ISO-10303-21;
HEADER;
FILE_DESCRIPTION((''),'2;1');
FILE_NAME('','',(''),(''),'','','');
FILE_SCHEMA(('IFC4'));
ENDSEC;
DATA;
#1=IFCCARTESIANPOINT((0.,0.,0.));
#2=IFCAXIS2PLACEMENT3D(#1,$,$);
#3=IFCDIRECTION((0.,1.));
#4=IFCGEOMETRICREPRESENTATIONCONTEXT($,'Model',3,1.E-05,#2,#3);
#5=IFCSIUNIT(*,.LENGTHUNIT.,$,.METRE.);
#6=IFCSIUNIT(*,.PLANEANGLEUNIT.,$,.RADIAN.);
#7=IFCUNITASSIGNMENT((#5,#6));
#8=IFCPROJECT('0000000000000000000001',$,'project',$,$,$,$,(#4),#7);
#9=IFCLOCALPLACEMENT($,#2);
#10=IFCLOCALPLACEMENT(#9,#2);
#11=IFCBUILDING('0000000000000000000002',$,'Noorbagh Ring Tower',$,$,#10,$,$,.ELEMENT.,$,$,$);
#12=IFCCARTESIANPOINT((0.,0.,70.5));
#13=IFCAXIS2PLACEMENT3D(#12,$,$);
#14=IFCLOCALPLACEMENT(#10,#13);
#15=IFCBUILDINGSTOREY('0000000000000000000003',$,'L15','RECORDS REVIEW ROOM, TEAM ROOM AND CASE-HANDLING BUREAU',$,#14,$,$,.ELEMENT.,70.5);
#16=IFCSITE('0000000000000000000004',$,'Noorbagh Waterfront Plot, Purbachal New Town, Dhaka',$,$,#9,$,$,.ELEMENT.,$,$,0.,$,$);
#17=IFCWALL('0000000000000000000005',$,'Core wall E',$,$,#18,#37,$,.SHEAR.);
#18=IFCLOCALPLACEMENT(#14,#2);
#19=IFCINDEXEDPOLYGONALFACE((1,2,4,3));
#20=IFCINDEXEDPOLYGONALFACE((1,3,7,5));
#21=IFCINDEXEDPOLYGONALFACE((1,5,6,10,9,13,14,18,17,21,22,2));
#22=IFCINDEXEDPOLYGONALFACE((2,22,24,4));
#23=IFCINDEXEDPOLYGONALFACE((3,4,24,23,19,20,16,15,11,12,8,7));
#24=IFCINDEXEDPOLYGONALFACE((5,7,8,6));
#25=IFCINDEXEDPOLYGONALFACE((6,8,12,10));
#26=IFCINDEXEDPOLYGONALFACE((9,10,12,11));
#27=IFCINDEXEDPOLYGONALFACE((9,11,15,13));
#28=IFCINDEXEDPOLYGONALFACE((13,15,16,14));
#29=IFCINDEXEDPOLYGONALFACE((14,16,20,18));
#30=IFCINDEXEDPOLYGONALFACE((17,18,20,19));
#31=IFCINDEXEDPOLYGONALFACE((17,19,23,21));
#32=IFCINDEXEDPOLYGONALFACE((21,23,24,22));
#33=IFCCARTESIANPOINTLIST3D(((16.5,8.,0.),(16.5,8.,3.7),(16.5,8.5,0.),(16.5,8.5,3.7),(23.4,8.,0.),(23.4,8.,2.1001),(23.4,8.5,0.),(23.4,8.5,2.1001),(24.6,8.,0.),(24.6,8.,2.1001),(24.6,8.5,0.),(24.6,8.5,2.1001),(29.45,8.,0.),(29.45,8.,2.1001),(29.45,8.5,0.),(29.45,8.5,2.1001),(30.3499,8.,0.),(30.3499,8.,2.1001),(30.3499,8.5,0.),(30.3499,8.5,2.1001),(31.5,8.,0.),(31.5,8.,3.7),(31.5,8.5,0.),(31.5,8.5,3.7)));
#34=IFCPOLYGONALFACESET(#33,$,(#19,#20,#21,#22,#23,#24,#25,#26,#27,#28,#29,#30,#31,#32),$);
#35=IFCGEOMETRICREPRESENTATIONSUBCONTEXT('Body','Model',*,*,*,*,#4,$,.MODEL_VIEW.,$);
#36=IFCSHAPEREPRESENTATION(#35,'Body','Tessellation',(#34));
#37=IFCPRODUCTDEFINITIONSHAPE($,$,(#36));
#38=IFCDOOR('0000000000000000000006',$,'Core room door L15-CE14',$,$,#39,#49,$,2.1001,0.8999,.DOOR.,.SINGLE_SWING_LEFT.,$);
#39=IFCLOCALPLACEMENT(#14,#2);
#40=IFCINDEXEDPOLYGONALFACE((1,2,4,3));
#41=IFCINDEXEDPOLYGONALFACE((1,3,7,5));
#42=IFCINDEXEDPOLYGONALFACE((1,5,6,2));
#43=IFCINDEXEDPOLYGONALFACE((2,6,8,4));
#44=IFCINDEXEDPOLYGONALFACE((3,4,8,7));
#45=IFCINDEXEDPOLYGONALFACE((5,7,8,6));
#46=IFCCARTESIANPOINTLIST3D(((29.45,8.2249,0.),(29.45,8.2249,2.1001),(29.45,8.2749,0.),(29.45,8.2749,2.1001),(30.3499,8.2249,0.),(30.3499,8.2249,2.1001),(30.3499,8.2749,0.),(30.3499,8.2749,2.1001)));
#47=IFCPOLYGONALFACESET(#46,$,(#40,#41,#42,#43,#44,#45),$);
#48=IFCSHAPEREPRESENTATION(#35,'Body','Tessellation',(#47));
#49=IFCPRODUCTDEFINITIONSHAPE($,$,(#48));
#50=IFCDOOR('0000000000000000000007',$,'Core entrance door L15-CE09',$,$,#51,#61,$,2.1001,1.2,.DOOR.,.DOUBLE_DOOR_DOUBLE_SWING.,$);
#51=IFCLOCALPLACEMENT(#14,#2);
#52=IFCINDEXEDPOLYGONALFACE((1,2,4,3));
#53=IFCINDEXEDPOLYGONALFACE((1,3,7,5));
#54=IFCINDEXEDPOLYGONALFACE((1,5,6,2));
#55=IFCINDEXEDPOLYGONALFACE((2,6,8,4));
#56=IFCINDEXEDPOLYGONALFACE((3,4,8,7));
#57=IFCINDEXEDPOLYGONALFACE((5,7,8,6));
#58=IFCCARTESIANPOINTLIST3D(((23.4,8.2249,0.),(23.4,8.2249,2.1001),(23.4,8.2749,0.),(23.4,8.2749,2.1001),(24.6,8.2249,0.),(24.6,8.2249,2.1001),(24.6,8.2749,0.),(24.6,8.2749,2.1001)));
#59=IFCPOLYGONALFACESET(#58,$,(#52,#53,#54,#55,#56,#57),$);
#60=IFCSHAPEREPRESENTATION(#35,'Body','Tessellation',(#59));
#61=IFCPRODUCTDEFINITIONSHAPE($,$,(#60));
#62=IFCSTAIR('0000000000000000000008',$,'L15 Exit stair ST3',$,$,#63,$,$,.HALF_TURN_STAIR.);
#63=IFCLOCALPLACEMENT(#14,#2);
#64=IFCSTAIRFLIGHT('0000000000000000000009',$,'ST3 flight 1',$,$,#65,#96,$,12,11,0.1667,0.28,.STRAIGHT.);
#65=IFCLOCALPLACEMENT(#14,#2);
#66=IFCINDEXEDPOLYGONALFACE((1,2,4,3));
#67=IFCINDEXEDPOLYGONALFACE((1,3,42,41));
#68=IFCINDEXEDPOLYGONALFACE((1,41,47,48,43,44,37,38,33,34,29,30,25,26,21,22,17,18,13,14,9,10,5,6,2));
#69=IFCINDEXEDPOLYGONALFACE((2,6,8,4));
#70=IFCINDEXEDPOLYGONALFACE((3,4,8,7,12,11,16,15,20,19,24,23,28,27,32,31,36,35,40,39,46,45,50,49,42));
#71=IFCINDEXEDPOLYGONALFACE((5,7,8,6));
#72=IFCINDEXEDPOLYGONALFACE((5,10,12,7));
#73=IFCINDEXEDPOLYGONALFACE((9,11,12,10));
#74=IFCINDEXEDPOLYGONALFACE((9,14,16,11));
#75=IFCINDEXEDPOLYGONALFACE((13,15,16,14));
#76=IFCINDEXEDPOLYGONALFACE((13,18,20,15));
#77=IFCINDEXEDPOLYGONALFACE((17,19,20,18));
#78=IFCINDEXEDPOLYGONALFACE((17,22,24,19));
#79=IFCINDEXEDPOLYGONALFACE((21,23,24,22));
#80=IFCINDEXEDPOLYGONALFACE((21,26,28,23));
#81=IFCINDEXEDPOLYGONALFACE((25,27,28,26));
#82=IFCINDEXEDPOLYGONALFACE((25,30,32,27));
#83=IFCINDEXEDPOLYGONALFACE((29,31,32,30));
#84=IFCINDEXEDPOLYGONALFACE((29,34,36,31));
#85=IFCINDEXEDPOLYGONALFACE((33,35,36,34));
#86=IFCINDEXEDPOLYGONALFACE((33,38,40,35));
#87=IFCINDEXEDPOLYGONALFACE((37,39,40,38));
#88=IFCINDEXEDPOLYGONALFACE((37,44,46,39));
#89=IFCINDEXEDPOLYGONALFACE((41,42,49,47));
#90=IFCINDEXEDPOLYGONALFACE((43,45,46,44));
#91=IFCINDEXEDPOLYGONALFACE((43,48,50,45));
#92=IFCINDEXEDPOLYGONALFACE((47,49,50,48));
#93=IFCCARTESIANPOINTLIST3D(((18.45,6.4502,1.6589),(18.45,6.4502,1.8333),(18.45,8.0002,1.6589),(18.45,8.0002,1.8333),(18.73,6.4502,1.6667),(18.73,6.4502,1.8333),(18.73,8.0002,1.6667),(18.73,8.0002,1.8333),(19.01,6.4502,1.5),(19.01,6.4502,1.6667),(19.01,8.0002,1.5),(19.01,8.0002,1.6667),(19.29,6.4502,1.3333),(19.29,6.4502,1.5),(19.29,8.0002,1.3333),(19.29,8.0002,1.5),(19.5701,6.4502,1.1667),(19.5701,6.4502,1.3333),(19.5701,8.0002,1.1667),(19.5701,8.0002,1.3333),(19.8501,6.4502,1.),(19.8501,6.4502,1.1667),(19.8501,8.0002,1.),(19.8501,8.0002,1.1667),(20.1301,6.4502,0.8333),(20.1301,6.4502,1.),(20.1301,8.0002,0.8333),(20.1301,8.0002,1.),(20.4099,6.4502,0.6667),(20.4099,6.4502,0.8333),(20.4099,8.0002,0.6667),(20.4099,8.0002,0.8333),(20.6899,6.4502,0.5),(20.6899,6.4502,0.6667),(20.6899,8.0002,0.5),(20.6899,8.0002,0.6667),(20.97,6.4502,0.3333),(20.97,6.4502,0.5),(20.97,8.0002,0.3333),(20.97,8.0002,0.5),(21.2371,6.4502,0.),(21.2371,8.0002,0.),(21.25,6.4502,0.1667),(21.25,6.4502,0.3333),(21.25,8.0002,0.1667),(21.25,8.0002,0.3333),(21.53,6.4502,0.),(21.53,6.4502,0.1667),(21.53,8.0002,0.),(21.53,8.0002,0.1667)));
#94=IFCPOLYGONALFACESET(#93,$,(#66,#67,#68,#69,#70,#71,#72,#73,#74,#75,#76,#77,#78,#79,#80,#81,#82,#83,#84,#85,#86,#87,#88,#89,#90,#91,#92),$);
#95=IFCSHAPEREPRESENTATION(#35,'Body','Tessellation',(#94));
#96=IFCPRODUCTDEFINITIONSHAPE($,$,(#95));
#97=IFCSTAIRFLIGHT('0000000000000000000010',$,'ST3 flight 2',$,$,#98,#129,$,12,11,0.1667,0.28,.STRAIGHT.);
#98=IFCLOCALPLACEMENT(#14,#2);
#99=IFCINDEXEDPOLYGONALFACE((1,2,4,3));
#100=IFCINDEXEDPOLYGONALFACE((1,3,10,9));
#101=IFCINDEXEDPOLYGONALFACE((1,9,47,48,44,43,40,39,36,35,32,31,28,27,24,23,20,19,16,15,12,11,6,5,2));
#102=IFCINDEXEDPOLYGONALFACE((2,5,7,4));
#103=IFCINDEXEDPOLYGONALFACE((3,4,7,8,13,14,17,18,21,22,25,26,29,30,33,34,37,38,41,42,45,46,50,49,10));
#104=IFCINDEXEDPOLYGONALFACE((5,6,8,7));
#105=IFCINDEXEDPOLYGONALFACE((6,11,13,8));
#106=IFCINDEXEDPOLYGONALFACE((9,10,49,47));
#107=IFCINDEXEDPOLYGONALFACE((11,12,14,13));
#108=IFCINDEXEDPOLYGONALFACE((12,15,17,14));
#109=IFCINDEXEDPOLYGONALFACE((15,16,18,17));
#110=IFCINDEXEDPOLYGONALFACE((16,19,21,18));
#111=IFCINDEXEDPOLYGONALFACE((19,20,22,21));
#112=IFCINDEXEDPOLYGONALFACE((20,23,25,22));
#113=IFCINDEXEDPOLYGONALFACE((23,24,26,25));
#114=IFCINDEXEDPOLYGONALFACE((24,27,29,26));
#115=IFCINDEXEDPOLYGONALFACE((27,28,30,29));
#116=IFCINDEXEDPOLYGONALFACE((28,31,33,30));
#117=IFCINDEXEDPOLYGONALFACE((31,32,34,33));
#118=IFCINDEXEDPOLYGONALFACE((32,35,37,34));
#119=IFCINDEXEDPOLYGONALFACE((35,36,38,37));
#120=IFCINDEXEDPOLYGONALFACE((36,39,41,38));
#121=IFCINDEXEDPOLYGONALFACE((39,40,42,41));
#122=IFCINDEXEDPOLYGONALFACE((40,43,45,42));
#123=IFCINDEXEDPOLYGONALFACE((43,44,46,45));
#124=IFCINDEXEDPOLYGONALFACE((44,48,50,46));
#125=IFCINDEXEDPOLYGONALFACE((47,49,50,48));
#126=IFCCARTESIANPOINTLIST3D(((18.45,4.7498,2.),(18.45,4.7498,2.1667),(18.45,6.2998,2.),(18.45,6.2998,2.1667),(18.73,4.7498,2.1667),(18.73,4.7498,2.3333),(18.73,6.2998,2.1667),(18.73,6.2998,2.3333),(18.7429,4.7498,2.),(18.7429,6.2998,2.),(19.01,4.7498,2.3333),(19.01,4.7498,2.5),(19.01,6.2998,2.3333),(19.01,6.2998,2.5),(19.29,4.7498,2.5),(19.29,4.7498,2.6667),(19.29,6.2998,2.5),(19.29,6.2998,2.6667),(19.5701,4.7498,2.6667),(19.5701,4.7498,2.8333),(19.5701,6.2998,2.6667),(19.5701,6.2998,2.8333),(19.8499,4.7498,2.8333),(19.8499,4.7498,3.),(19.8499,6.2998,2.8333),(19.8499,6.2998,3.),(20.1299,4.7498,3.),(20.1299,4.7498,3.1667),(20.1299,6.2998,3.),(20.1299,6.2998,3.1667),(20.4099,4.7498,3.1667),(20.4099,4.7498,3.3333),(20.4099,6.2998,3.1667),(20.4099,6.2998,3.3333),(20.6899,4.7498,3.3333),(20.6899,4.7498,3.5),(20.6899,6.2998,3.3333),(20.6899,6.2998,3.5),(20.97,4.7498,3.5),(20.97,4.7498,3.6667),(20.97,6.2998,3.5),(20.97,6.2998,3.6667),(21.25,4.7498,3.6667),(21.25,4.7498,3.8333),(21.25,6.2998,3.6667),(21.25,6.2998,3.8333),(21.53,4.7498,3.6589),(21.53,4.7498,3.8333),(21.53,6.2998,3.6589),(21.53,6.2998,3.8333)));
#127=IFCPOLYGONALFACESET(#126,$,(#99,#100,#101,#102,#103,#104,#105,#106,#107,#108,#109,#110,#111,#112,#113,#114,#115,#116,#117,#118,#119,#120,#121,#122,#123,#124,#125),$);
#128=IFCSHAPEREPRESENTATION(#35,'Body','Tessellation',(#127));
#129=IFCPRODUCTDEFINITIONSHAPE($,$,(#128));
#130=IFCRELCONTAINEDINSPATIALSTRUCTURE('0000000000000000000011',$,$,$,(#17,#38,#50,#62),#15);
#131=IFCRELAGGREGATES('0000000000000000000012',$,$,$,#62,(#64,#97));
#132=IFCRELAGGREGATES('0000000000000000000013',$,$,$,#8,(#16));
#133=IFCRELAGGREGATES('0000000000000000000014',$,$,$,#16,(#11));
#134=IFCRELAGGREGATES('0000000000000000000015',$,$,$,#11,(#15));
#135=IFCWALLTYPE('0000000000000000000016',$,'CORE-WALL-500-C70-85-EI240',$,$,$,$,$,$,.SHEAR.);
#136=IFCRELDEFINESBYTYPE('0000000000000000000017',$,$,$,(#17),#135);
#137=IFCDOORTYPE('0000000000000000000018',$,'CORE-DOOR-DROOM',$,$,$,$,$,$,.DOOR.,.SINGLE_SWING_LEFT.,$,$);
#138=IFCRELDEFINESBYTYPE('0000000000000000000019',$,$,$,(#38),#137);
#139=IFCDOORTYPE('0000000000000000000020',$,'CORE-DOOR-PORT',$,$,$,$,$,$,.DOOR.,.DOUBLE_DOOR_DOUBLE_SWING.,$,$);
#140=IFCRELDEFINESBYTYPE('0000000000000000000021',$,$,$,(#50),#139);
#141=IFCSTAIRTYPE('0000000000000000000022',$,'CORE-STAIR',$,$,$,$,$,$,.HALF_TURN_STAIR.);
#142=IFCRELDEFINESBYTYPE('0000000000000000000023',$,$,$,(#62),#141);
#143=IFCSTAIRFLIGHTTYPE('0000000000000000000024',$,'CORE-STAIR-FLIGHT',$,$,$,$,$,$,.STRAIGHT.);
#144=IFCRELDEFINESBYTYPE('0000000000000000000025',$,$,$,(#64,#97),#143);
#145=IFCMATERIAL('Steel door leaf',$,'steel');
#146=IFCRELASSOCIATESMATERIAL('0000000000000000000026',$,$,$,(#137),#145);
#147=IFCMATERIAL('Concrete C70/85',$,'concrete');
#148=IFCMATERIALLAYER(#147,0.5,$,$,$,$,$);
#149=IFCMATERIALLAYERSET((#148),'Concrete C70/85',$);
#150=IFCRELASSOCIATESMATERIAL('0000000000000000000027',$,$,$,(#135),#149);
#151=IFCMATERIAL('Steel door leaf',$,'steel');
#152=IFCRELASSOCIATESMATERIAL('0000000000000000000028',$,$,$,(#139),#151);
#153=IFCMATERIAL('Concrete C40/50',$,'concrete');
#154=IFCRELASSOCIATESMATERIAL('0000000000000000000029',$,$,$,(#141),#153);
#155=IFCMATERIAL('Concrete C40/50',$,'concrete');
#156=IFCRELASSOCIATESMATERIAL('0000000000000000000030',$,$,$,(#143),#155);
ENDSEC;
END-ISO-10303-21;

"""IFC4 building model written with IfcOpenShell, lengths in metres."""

from ifc_helpers import new_model, si_unit, direction, frame, frame_2d, origin, place, context, subcontext, project, spatial, polyline, rectangle, outline, extrude, material, layer, layer_set, type_object, element, fill, aggregate, save


model = new_model("IFC4")

# Units and contexts
model_context = context("Model", 3, precision=1e-05, world=origin(), true_north=direction((0.0, 1.0)))
body_context = subcontext(model_context, "Body", "Model", "MODEL_VIEW")
ifc_project = project(units=[si_unit("LENGTHUNIT", "METRE"), si_unit("PLANEANGLEUNIT", "RADIAN")], contexts=[model_context])

# Site, building, storey
site_placement = place(None, origin())
site = spatial("IfcSite", under=ifc_project, at=site_placement, Name="Noorbagh Waterfront Plot, Purbachal New Town, Dhaka", CompositionType="ELEMENT", RefElevation=0.0)
building_placement = place(site_placement, origin())
building = spatial("IfcBuilding", under=site, at=building_placement, Name="Noorbagh Ring Tower", CompositionType="ELEMENT")
storey_placement = place(building_placement, frame((0.0, 0.0, 70.5)))
storey = spatial("IfcBuildingStorey", under=building, at=storey_placement, Name="L15", Description="RECORDS REVIEW ROOM, TEAM ROOM AND CASE-HANDLING BUREAU", CompositionType="ELEMENT", Elevation=70.5)

# Shared definitions
ifc_material_1 = material(Name="Steel door leaf", Category="steel")
door_type_1 = type_object("IfcDoorType", Name="CORE-DOOR-DROOM", OperationType="SINGLE_SWING_LEFT", PredefinedType="DOOR", material=ifc_material_1)

# Wall, openings, doors
ifc_material_2 = material(Name="Concrete C70/85", Category="concrete")
ifc_layer_1 = layer(ifc_material_2, 0.5)
ifc_layer_set_1 = layer_set([ifc_layer_1], Name="Concrete C70/85")
wall_type_1 = type_object("IfcWallType", Name="CORE-WALL-500-C70-85-EI240", PredefinedType="SHEAR", material=ifc_layer_set_1)
wall_1_placement = place(storey_placement, frame((16.5, 8.25, 0.0), z_axis=(0.0, 0.0, 1.0), x_axis=(1.0, 0.0, 0.0)))
wall_1 = element("IfcWall", 1, at=wall_1_placement, inside=storey, type_object=wall_type_1, Name="Core wall E", PredefinedType="SHEAR", context=body_context, shape_type="SweptSolid", body=[
    extrude(rectangle(XDim=15.0, YDim=0.5, at=frame_2d((7.5, 0.0))), origin(), (0.0, 0.0, 1.0), 3.7),
])
opening_1_placement = place(wall_1_placement, frame((6.8999, 0.0, 0.0)))
opening_1 = element("IfcOpeningElement", 2, at=opening_1_placement, cuts=wall_1, PredefinedType="OPENING", context=body_context, shape_type="SweptSolid", body=[
    extrude(rectangle(XDim=1.2, YDim=2.1001, at=frame_2d((0.6001, 1.05))), frame((0.0, 0.26, 0.0), z_axis=(0.0, -1.0, 0.0), x_axis=(1.0, 0.0, 0.0)), (0.0, 0.0, 1.0), 0.52),
])
opening_2_placement = place(wall_1_placement, frame((12.95, 0.0, 0.0)))
opening_2 = element("IfcOpeningElement", 3, at=opening_2_placement, cuts=wall_1, PredefinedType="OPENING", context=body_context, shape_type="SweptSolid", body=[
    extrude(rectangle(XDim=0.8999, YDim=2.1001, at=frame_2d((0.45, 1.05))), frame((0.0, 0.26, 0.0), z_axis=(0.0, -1.0, 0.0), x_axis=(1.0, 0.0, 0.0)), (0.0, 0.0, 1.0), 0.52),
])
door_1_placement = place(opening_2_placement, origin())
door_1 = element("IfcDoor", 4, at=door_1_placement, inside=storey, type_object=door_type_1, Name="Core room door L15-CE14", OperationType="SINGLE_SWING_LEFT", OverallHeight=2.1001, OverallWidth=0.8999, PredefinedType="DOOR", context=body_context, shape_type="SweptSolid", body=[
    extrude(rectangle(XDim=0.8999, YDim=2.1001, at=frame_2d((0.45, 1.05))), frame((0.0, 0.0249, 0.0), z_axis=(0.0, -1.0, 0.0), x_axis=(1.0, 0.0, 0.0)), (0.0, 0.0, 1.0), 0.05),
])
fill(opening_2, door_1)
ifc_material_3 = material(Name="Steel door leaf", Category="steel")
door_type_2 = type_object("IfcDoorType", Name="CORE-DOOR-PORT", OperationType="DOUBLE_DOOR_DOUBLE_SWING", PredefinedType="DOOR", material=ifc_material_3)
door_2_placement = place(opening_1_placement, origin())
door_2 = element("IfcDoor", 5, at=door_2_placement, inside=storey, type_object=door_type_2, Name="Core entrance door L15-CE09", OperationType="DOUBLE_DOOR_DOUBLE_SWING", OverallHeight=2.1001, OverallWidth=1.2, PredefinedType="DOOR", context=body_context, shape_type="SweptSolid", body=[
    extrude(rectangle(XDim=1.2, YDim=2.1001, at=frame_2d((0.6001, 1.05))), frame((0.0, 0.0249, 0.0), z_axis=(0.0, -1.0, 0.0), x_axis=(1.0, 0.0, 0.0)), (0.0, 0.0, 1.0), 0.05),
])
fill(opening_1, door_2)

# Stair, stair flights
ifc_material_4 = material(Name="Concrete C40/50", Category="concrete")
stair_type = type_object("IfcStairType", Name="CORE-STAIR", PredefinedType="HALF_TURN_STAIR", material=ifc_material_4)
stair_placement = place(storey_placement, origin())
stair = element("IfcStair", 6, at=stair_placement, inside=storey, type_object=stair_type, Name="L15 Exit stair ST3", PredefinedType="HALF_TURN_STAIR")
ifc_material_5 = material(Name="Concrete C40/50", Category="concrete")
stair_flight_type = type_object("IfcStairFlightType", Name="CORE-STAIR-FLIGHT", PredefinedType="STRAIGHT", material=ifc_material_5)
stair_flight_1_placement = place(storey_placement, frame((21.53, 7.2251, 0.0), z_axis=(0.0, 0.0, 1.0), x_axis=(-1.0, 0.0, 0.0)))
stair_flight_1 = element("IfcStairFlight", 7, at=stair_flight_1_placement, type_object=stair_flight_type, Name="ST3 flight 1", NumberOfRisers=12, NumberOfTreads=11, PredefinedType="STRAIGHT", RiserHeight=0.1667, TreadLength=0.28, context=body_context, shape_type="SweptSolid", body=[
    extrude(outline(polyline([(0.0, 0.0), (0.0, 0.1667), (0.28, 0.1667), (0.28, 0.3333), (0.5601, 0.3333), (0.5601, 0.5), (0.8401, 0.5), (0.8401, 0.6667), (1.1201, 0.6667), (1.1201, 0.8333), (1.3999, 0.8333), (1.3999, 1.0), (1.6799, 1.0), (1.6799, 1.1667), (1.96, 1.1667), (1.96, 1.3333), (2.24, 1.3333), (2.24, 1.5), (2.52, 1.5), (2.52, 1.6667), (2.8, 1.6667), (2.8, 1.8333), (3.0801, 1.8333), (3.0801, 2.0), (3.0801, 1.6589), (0.293, 0.0), (0.0, 0.0)])), frame((0.0, 0.7749, 0.0), z_axis=(0.0, -1.0, 0.0), x_axis=(1.0, 0.0, 0.0)), (0.0, 0.0, 1.0), 1.55),
])
stair_flight_2_placement = place(storey_placement, frame((18.45, 5.5249, 2.0), z_axis=(0.0, 0.0, 1.0), x_axis=(1.0, 0.0, 0.0)))
stair_flight_2 = element("IfcStairFlight", 8, at=stair_flight_2_placement, type_object=stair_flight_type, Name="ST3 flight 2", NumberOfRisers=12, NumberOfTreads=11, PredefinedType="STRAIGHT", RiserHeight=0.1667, TreadLength=0.28, context=body_context, shape_type="SweptSolid", body=[
    extrude(outline(polyline([(0.0, 0.0), (0.0, 0.1667), (0.28, 0.1667), (0.28, 0.3333), (0.5601, 0.3333), (0.5601, 0.5), (0.8401, 0.5), (0.8401, 0.6667), (1.1201, 0.6667), (1.1201, 0.8333), (1.3999, 0.8333), (1.3999, 1.0), (1.6799, 1.0), (1.6799, 1.1667), (1.96, 1.1667), (1.96, 1.3333), (2.24, 1.3333), (2.24, 1.5), (2.52, 1.5), (2.52, 1.6667), (2.8, 1.6667), (2.8, 1.8333), (3.0801, 1.8333), (3.0801, 2.0), (3.0801, 1.6589), (0.293, 0.0), (0.0, 0.0)])), frame((0.0, 0.7749, 0.0), z_axis=(0.0, -1.0, 0.0), x_axis=(1.0, 0.0, 0.0)), (0.0, 0.0, 1.0), 1.55),
])
aggregate(stair, [stair_flight_1, stair_flight_2])

save(model, "model.ifc")
